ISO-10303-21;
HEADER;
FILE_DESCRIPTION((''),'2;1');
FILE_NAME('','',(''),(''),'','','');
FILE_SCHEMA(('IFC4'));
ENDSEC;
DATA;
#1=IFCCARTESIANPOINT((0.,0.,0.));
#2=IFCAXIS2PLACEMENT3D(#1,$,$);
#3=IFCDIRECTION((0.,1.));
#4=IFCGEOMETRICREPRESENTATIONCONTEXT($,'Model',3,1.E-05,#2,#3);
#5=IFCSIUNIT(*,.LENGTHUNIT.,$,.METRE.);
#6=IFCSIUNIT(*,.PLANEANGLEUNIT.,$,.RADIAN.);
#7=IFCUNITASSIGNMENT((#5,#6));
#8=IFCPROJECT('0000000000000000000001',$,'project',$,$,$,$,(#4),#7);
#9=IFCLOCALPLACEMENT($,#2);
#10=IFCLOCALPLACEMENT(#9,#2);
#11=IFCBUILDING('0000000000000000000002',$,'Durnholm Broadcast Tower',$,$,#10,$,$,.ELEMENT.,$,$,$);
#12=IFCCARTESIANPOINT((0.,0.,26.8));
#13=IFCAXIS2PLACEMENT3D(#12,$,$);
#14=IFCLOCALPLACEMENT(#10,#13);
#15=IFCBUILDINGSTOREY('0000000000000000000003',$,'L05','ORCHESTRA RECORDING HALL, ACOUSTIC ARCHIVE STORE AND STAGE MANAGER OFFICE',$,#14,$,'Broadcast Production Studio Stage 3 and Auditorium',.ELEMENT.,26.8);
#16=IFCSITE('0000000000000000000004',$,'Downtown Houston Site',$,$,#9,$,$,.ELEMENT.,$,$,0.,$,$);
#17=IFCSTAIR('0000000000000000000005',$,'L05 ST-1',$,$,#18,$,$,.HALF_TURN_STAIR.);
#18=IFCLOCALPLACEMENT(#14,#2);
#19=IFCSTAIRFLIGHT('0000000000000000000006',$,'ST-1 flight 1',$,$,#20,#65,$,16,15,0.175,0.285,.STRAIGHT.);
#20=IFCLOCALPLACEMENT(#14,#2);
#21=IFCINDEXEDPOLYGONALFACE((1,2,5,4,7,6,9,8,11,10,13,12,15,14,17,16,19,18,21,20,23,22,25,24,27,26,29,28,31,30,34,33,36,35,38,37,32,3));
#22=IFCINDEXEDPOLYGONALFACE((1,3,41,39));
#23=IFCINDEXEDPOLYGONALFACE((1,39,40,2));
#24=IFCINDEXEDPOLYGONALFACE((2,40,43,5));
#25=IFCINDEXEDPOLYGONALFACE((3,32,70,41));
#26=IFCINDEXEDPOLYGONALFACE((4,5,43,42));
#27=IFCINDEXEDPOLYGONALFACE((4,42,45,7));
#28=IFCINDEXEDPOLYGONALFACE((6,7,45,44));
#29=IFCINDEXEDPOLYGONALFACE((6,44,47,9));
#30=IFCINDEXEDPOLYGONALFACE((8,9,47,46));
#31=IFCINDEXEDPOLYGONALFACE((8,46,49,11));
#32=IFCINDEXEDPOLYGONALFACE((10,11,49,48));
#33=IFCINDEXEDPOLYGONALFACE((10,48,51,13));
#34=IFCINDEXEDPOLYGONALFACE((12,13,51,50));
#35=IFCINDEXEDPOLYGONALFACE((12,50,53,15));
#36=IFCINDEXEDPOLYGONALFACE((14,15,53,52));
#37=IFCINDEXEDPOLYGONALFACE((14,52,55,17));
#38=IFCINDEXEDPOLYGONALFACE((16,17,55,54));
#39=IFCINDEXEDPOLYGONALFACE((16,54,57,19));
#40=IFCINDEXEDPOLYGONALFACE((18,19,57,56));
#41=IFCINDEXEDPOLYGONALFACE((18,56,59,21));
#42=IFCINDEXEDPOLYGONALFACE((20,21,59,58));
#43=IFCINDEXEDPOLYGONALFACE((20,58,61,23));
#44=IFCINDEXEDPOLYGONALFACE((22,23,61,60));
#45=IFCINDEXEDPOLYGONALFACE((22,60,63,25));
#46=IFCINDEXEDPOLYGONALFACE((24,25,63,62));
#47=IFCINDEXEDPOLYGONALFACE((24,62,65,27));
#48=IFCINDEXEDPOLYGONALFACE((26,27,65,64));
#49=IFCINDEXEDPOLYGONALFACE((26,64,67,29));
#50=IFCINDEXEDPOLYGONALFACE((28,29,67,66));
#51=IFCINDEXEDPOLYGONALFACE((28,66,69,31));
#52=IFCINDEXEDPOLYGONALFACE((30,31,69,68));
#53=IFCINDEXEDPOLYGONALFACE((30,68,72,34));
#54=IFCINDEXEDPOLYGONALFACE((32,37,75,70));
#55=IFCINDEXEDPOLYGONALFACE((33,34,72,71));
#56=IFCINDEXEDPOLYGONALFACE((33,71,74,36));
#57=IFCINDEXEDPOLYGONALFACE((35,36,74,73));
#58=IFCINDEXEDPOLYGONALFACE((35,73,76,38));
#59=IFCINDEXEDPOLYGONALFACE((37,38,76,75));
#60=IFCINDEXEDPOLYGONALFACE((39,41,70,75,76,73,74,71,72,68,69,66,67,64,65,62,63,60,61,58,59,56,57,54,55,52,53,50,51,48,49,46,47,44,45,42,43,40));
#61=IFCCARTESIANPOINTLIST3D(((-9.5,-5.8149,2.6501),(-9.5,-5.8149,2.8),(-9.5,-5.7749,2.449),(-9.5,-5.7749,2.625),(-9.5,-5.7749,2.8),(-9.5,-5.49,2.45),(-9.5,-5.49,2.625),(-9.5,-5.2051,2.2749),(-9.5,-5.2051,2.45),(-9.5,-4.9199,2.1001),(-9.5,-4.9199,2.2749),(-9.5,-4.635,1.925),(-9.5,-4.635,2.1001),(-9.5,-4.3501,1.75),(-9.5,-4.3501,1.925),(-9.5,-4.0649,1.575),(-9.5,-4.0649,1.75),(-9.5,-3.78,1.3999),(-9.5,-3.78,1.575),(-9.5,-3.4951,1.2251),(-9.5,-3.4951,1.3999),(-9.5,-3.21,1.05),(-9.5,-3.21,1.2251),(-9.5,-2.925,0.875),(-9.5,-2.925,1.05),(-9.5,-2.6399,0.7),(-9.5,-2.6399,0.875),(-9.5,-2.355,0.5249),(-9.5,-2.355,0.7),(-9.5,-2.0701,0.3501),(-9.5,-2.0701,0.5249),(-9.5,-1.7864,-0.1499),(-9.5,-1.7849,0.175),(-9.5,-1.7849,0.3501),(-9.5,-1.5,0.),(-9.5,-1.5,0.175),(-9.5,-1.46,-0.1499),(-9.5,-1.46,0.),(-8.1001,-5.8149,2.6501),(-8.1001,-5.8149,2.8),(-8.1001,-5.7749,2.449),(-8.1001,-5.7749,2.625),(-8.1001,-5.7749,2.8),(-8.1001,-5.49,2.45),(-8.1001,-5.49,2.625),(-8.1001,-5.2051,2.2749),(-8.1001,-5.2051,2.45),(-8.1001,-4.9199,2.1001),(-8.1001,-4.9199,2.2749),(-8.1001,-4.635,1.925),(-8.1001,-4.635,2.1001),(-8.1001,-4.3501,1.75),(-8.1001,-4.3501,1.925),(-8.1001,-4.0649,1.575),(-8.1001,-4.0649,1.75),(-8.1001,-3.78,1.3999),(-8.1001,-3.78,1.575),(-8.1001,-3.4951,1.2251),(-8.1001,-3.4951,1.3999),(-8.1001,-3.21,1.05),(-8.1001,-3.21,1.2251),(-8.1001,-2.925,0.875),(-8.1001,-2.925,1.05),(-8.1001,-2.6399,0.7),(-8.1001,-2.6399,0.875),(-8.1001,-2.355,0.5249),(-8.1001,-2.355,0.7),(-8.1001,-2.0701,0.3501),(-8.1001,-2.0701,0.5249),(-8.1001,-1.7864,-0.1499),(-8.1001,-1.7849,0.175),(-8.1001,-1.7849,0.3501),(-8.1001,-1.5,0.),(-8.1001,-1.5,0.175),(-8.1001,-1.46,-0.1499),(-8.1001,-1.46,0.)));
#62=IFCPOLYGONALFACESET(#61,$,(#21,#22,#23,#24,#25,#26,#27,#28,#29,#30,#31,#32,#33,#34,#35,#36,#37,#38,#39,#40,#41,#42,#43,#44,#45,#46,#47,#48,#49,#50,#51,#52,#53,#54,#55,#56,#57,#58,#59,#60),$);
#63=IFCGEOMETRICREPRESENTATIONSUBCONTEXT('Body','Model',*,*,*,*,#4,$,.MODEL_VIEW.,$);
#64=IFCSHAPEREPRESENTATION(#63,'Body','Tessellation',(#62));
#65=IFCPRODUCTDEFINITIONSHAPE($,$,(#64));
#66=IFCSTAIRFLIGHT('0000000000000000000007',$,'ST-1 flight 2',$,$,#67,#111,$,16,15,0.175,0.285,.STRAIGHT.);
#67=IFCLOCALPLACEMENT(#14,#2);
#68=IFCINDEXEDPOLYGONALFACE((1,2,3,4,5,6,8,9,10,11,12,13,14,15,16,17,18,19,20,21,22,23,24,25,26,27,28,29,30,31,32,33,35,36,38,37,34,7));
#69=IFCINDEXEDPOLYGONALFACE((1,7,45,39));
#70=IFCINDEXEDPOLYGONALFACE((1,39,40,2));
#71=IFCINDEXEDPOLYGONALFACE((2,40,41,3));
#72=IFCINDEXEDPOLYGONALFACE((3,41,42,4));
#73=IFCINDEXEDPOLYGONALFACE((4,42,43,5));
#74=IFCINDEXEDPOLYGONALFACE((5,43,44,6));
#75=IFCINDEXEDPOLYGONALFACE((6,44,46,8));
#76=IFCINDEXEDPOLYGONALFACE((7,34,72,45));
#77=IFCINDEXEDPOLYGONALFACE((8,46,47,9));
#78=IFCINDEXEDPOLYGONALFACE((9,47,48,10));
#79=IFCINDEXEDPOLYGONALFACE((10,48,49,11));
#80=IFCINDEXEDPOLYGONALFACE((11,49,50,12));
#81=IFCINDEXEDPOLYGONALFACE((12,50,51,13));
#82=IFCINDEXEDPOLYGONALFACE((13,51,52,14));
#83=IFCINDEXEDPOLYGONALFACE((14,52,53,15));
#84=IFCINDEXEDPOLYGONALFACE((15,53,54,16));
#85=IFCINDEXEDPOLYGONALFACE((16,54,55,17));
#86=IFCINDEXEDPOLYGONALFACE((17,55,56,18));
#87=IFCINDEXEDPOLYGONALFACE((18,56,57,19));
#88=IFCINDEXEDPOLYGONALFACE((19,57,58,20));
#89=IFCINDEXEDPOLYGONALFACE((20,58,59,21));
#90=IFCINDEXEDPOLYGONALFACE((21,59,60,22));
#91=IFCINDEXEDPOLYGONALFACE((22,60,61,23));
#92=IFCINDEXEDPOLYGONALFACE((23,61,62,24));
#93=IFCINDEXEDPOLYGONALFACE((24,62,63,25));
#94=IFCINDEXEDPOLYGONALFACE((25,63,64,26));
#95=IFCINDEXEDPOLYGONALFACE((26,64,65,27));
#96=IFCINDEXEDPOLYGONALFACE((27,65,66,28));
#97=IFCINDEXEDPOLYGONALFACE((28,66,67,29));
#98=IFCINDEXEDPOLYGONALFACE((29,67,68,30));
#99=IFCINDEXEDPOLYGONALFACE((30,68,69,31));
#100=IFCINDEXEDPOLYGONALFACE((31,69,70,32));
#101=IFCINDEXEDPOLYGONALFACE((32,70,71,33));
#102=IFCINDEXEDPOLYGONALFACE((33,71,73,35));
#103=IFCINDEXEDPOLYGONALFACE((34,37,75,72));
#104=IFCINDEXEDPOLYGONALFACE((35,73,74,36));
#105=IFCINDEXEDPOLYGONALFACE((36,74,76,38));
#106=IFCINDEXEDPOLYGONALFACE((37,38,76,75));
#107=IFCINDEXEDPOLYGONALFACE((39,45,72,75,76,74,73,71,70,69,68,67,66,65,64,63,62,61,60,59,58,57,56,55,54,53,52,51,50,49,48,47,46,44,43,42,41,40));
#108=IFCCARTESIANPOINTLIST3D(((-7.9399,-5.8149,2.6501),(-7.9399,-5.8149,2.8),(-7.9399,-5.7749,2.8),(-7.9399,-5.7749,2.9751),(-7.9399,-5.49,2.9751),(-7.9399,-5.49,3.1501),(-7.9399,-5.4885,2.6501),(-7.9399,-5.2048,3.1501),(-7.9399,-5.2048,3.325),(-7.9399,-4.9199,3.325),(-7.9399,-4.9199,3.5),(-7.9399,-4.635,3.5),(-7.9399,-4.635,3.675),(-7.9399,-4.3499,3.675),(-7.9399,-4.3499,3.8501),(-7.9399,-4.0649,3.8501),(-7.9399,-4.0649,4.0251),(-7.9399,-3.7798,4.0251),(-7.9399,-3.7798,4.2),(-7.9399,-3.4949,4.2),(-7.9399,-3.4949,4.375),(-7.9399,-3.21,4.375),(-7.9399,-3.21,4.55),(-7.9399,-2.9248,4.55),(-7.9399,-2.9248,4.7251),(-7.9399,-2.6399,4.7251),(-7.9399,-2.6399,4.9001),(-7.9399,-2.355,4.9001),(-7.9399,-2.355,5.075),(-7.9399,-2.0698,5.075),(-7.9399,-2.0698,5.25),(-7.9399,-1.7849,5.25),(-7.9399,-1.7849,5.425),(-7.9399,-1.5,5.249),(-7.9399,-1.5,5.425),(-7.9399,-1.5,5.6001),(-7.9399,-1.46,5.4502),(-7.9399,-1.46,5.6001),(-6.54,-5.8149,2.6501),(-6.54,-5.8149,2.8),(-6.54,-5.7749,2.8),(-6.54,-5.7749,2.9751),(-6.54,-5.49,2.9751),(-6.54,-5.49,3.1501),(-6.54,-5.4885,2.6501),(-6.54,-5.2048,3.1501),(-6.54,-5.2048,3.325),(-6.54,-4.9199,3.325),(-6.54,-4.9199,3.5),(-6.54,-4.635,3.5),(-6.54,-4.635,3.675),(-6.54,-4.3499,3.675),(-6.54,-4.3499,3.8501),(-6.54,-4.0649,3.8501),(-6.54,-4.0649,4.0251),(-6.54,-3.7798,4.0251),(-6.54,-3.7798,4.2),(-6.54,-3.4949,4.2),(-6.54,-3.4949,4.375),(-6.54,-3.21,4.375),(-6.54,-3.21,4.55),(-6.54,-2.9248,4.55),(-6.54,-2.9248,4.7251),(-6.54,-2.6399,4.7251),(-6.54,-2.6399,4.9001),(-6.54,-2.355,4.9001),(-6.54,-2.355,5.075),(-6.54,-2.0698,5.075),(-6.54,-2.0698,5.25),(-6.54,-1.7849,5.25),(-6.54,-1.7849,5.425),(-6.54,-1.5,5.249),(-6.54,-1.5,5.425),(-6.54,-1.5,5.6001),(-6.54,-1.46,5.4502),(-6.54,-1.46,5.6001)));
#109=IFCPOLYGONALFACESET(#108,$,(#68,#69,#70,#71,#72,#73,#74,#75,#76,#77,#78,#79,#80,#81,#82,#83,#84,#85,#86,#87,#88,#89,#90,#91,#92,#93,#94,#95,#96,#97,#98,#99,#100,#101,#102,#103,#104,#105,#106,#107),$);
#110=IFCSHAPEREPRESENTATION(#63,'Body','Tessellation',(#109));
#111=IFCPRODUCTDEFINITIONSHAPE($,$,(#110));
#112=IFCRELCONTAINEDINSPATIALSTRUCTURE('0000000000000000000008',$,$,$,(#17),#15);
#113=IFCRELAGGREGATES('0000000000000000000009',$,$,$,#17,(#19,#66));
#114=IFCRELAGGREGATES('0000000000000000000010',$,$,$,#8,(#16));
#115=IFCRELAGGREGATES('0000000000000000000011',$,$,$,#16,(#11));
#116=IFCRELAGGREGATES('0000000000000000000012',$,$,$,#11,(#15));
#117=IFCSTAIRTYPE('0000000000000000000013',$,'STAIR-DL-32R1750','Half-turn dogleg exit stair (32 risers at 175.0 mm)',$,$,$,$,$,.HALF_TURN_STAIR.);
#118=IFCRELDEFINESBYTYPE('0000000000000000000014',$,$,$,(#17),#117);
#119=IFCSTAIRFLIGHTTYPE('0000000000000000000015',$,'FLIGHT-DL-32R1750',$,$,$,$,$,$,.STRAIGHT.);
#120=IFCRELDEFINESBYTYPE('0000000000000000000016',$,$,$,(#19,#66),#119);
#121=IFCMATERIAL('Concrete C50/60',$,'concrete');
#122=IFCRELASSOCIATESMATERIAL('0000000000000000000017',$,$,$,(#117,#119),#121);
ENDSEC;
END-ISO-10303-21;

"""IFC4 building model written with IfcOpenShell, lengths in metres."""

from ifc_helpers import new_model, si_unit, direction, frame, origin, place, context, subcontext, project, spatial, polyline, outline, extrude, material, type_object, element, aggregate, save


model = new_model("IFC4")

# Units and contexts
model_context = context("Model", 3, precision=1e-05, world=origin(), true_north=direction((0.0, 1.0)))
body_context = subcontext(model_context, "Body", "Model", "MODEL_VIEW")
ifc_project = project(units=[si_unit("LENGTHUNIT", "METRE"), si_unit("PLANEANGLEUNIT", "RADIAN")], contexts=[model_context])

# Site, building, storey
site_placement = place(None, origin())
site = spatial("IfcSite", under=ifc_project, at=site_placement, Name="Downtown Houston Site", CompositionType="ELEMENT", RefElevation=0.0)
building_placement = place(site_placement, origin())
building = spatial("IfcBuilding", under=site, at=building_placement, Name="Durnholm Broadcast Tower", CompositionType="ELEMENT")
storey_placement = place(building_placement, frame((0.0, 0.0, 26.8)))
storey = spatial("IfcBuildingStorey", under=building, at=storey_placement, Name="L05", Description="ORCHESTRA RECORDING HALL, ACOUSTIC ARCHIVE STORE AND STAGE MANAGER OFFICE", LongName="Broadcast Production Studio Stage 3 and Auditorium", CompositionType="ELEMENT", Elevation=26.8)

# Shared definitions
ifc_material_1 = material(Name="Concrete C50/60", Category="concrete")

# Stair, stair flights
stair_type = type_object("IfcStairType", Name="STAIR-DL-32R1750", Description="Half-turn dogleg exit stair (32 risers at 175.0 mm)", PredefinedType="HALF_TURN_STAIR", material=ifc_material_1)
stair_placement = place(storey_placement, origin())
stair = element("IfcStair", 1, at=stair_placement, inside=storey, type_object=stair_type, Name="L05 ST-1", PredefinedType="HALF_TURN_STAIR")
stair_flight_type = type_object("IfcStairFlightType", Name="FLIGHT-DL-32R1750", PredefinedType="STRAIGHT", material=ifc_material_1)
stair_flight_1_placement = place(storey_placement, frame((-8.8, -1.5, 0.0), z_axis=(0.0, 0.0, 1.0), x_axis=(0.0, -1.0, 0.0)))
stair_flight_1 = element("IfcStairFlight", 2, at=stair_flight_1_placement, type_object=stair_flight_type, Name="ST-1 flight 1", NumberOfRisers=16, NumberOfTreads=15, PredefinedType="STRAIGHT", RiserHeight=0.175, TreadLength=0.285, context=body_context, shape_type="SweptSolid", body=[
    extrude(outline(polyline([(-0.04, -0.1499), (-0.04, 0.0), (0.0, 0.0), (0.0, 0.175), (0.2849, 0.175), (0.2849, 0.3501), (0.5701, 0.3501), (0.5701, 0.5249), (0.855, 0.5249), (0.855, 0.7), (1.1399, 0.7), (1.1399, 0.875), (1.425, 0.875), (1.425, 1.05), (1.71, 1.05), (1.71, 1.2251), (1.9951, 1.2251), (1.9951, 1.3999), (2.28, 1.3999), (2.28, 1.575), (2.5649, 1.575), (2.5649, 1.75), (2.8501, 1.75), (2.8501, 1.925), (3.135, 1.925), (3.135, 2.1001), (3.4199, 2.1001), (3.4199, 2.2749), (3.7051, 2.2749), (3.7051, 2.45), (3.99, 2.45), (3.99, 2.625), (4.2749, 2.625), (4.2749, 2.8), (4.3149, 2.8), (4.3149, 2.6501), (4.2749, 2.449), (0.2864, -0.1499), (-0.04, -0.1499)])), frame((0.0, 0.7, 0.0), z_axis=(0.0, -1.0, 0.0), x_axis=(1.0, 0.0, 0.0)), (0.0, 0.0, 1.0), 1.3999),
])
stair_flight_2_placement = place(storey_placement, frame((-7.24, -5.7749, 2.8), z_axis=(0.0, 0.0, 1.0), x_axis=(0.0, 1.0, 0.0)))
stair_flight_2 = element("IfcStairFlight", 3, at=stair_flight_2_placement, type_object=stair_flight_type, Name="ST-1 flight 2", NumberOfRisers=16, NumberOfTreads=15, PredefinedType="STRAIGHT", RiserHeight=0.175, TreadLength=0.285, context=body_context, shape_type="SweptSolid", body=[
    extrude(outline(polyline([(-0.04, -0.1499), (-0.04, 0.0), (0.0, 0.0), (0.0, 0.175), (0.2849, 0.175), (0.2849, 0.3501), (0.5701, 0.3501), (0.5701, 0.5249), (0.855, 0.5249), (0.855, 0.7), (1.1399, 0.7), (1.1399, 0.875), (1.425, 0.875), (1.425, 1.05), (1.71, 1.05), (1.71, 1.2251), (1.9951, 1.2251), (1.9951, 1.3999), (2.28, 1.3999), (2.28, 1.575), (2.5649, 1.575), (2.5649, 1.75), (2.8501, 1.75), (2.8501, 1.925), (3.135, 1.925), (3.135, 2.1001), (3.4199, 2.1001), (3.4199, 2.2749), (3.7051, 2.2749), (3.7051, 2.45), (3.99, 2.45), (3.99, 2.625), (4.2749, 2.625), (4.2749, 2.8), (4.3149, 2.8), (4.3149, 2.6501), (4.2749, 2.449), (0.2864, -0.1499), (-0.04, -0.1499)])), frame((0.0, 0.7, 0.0), z_axis=(0.0, -1.0, 0.0), x_axis=(1.0, 0.0, 0.0)), (0.0, 0.0, 1.0), 1.3999),
])
aggregate(stair, [stair_flight_1, stair_flight_2])

save(model, "model.ifc")
